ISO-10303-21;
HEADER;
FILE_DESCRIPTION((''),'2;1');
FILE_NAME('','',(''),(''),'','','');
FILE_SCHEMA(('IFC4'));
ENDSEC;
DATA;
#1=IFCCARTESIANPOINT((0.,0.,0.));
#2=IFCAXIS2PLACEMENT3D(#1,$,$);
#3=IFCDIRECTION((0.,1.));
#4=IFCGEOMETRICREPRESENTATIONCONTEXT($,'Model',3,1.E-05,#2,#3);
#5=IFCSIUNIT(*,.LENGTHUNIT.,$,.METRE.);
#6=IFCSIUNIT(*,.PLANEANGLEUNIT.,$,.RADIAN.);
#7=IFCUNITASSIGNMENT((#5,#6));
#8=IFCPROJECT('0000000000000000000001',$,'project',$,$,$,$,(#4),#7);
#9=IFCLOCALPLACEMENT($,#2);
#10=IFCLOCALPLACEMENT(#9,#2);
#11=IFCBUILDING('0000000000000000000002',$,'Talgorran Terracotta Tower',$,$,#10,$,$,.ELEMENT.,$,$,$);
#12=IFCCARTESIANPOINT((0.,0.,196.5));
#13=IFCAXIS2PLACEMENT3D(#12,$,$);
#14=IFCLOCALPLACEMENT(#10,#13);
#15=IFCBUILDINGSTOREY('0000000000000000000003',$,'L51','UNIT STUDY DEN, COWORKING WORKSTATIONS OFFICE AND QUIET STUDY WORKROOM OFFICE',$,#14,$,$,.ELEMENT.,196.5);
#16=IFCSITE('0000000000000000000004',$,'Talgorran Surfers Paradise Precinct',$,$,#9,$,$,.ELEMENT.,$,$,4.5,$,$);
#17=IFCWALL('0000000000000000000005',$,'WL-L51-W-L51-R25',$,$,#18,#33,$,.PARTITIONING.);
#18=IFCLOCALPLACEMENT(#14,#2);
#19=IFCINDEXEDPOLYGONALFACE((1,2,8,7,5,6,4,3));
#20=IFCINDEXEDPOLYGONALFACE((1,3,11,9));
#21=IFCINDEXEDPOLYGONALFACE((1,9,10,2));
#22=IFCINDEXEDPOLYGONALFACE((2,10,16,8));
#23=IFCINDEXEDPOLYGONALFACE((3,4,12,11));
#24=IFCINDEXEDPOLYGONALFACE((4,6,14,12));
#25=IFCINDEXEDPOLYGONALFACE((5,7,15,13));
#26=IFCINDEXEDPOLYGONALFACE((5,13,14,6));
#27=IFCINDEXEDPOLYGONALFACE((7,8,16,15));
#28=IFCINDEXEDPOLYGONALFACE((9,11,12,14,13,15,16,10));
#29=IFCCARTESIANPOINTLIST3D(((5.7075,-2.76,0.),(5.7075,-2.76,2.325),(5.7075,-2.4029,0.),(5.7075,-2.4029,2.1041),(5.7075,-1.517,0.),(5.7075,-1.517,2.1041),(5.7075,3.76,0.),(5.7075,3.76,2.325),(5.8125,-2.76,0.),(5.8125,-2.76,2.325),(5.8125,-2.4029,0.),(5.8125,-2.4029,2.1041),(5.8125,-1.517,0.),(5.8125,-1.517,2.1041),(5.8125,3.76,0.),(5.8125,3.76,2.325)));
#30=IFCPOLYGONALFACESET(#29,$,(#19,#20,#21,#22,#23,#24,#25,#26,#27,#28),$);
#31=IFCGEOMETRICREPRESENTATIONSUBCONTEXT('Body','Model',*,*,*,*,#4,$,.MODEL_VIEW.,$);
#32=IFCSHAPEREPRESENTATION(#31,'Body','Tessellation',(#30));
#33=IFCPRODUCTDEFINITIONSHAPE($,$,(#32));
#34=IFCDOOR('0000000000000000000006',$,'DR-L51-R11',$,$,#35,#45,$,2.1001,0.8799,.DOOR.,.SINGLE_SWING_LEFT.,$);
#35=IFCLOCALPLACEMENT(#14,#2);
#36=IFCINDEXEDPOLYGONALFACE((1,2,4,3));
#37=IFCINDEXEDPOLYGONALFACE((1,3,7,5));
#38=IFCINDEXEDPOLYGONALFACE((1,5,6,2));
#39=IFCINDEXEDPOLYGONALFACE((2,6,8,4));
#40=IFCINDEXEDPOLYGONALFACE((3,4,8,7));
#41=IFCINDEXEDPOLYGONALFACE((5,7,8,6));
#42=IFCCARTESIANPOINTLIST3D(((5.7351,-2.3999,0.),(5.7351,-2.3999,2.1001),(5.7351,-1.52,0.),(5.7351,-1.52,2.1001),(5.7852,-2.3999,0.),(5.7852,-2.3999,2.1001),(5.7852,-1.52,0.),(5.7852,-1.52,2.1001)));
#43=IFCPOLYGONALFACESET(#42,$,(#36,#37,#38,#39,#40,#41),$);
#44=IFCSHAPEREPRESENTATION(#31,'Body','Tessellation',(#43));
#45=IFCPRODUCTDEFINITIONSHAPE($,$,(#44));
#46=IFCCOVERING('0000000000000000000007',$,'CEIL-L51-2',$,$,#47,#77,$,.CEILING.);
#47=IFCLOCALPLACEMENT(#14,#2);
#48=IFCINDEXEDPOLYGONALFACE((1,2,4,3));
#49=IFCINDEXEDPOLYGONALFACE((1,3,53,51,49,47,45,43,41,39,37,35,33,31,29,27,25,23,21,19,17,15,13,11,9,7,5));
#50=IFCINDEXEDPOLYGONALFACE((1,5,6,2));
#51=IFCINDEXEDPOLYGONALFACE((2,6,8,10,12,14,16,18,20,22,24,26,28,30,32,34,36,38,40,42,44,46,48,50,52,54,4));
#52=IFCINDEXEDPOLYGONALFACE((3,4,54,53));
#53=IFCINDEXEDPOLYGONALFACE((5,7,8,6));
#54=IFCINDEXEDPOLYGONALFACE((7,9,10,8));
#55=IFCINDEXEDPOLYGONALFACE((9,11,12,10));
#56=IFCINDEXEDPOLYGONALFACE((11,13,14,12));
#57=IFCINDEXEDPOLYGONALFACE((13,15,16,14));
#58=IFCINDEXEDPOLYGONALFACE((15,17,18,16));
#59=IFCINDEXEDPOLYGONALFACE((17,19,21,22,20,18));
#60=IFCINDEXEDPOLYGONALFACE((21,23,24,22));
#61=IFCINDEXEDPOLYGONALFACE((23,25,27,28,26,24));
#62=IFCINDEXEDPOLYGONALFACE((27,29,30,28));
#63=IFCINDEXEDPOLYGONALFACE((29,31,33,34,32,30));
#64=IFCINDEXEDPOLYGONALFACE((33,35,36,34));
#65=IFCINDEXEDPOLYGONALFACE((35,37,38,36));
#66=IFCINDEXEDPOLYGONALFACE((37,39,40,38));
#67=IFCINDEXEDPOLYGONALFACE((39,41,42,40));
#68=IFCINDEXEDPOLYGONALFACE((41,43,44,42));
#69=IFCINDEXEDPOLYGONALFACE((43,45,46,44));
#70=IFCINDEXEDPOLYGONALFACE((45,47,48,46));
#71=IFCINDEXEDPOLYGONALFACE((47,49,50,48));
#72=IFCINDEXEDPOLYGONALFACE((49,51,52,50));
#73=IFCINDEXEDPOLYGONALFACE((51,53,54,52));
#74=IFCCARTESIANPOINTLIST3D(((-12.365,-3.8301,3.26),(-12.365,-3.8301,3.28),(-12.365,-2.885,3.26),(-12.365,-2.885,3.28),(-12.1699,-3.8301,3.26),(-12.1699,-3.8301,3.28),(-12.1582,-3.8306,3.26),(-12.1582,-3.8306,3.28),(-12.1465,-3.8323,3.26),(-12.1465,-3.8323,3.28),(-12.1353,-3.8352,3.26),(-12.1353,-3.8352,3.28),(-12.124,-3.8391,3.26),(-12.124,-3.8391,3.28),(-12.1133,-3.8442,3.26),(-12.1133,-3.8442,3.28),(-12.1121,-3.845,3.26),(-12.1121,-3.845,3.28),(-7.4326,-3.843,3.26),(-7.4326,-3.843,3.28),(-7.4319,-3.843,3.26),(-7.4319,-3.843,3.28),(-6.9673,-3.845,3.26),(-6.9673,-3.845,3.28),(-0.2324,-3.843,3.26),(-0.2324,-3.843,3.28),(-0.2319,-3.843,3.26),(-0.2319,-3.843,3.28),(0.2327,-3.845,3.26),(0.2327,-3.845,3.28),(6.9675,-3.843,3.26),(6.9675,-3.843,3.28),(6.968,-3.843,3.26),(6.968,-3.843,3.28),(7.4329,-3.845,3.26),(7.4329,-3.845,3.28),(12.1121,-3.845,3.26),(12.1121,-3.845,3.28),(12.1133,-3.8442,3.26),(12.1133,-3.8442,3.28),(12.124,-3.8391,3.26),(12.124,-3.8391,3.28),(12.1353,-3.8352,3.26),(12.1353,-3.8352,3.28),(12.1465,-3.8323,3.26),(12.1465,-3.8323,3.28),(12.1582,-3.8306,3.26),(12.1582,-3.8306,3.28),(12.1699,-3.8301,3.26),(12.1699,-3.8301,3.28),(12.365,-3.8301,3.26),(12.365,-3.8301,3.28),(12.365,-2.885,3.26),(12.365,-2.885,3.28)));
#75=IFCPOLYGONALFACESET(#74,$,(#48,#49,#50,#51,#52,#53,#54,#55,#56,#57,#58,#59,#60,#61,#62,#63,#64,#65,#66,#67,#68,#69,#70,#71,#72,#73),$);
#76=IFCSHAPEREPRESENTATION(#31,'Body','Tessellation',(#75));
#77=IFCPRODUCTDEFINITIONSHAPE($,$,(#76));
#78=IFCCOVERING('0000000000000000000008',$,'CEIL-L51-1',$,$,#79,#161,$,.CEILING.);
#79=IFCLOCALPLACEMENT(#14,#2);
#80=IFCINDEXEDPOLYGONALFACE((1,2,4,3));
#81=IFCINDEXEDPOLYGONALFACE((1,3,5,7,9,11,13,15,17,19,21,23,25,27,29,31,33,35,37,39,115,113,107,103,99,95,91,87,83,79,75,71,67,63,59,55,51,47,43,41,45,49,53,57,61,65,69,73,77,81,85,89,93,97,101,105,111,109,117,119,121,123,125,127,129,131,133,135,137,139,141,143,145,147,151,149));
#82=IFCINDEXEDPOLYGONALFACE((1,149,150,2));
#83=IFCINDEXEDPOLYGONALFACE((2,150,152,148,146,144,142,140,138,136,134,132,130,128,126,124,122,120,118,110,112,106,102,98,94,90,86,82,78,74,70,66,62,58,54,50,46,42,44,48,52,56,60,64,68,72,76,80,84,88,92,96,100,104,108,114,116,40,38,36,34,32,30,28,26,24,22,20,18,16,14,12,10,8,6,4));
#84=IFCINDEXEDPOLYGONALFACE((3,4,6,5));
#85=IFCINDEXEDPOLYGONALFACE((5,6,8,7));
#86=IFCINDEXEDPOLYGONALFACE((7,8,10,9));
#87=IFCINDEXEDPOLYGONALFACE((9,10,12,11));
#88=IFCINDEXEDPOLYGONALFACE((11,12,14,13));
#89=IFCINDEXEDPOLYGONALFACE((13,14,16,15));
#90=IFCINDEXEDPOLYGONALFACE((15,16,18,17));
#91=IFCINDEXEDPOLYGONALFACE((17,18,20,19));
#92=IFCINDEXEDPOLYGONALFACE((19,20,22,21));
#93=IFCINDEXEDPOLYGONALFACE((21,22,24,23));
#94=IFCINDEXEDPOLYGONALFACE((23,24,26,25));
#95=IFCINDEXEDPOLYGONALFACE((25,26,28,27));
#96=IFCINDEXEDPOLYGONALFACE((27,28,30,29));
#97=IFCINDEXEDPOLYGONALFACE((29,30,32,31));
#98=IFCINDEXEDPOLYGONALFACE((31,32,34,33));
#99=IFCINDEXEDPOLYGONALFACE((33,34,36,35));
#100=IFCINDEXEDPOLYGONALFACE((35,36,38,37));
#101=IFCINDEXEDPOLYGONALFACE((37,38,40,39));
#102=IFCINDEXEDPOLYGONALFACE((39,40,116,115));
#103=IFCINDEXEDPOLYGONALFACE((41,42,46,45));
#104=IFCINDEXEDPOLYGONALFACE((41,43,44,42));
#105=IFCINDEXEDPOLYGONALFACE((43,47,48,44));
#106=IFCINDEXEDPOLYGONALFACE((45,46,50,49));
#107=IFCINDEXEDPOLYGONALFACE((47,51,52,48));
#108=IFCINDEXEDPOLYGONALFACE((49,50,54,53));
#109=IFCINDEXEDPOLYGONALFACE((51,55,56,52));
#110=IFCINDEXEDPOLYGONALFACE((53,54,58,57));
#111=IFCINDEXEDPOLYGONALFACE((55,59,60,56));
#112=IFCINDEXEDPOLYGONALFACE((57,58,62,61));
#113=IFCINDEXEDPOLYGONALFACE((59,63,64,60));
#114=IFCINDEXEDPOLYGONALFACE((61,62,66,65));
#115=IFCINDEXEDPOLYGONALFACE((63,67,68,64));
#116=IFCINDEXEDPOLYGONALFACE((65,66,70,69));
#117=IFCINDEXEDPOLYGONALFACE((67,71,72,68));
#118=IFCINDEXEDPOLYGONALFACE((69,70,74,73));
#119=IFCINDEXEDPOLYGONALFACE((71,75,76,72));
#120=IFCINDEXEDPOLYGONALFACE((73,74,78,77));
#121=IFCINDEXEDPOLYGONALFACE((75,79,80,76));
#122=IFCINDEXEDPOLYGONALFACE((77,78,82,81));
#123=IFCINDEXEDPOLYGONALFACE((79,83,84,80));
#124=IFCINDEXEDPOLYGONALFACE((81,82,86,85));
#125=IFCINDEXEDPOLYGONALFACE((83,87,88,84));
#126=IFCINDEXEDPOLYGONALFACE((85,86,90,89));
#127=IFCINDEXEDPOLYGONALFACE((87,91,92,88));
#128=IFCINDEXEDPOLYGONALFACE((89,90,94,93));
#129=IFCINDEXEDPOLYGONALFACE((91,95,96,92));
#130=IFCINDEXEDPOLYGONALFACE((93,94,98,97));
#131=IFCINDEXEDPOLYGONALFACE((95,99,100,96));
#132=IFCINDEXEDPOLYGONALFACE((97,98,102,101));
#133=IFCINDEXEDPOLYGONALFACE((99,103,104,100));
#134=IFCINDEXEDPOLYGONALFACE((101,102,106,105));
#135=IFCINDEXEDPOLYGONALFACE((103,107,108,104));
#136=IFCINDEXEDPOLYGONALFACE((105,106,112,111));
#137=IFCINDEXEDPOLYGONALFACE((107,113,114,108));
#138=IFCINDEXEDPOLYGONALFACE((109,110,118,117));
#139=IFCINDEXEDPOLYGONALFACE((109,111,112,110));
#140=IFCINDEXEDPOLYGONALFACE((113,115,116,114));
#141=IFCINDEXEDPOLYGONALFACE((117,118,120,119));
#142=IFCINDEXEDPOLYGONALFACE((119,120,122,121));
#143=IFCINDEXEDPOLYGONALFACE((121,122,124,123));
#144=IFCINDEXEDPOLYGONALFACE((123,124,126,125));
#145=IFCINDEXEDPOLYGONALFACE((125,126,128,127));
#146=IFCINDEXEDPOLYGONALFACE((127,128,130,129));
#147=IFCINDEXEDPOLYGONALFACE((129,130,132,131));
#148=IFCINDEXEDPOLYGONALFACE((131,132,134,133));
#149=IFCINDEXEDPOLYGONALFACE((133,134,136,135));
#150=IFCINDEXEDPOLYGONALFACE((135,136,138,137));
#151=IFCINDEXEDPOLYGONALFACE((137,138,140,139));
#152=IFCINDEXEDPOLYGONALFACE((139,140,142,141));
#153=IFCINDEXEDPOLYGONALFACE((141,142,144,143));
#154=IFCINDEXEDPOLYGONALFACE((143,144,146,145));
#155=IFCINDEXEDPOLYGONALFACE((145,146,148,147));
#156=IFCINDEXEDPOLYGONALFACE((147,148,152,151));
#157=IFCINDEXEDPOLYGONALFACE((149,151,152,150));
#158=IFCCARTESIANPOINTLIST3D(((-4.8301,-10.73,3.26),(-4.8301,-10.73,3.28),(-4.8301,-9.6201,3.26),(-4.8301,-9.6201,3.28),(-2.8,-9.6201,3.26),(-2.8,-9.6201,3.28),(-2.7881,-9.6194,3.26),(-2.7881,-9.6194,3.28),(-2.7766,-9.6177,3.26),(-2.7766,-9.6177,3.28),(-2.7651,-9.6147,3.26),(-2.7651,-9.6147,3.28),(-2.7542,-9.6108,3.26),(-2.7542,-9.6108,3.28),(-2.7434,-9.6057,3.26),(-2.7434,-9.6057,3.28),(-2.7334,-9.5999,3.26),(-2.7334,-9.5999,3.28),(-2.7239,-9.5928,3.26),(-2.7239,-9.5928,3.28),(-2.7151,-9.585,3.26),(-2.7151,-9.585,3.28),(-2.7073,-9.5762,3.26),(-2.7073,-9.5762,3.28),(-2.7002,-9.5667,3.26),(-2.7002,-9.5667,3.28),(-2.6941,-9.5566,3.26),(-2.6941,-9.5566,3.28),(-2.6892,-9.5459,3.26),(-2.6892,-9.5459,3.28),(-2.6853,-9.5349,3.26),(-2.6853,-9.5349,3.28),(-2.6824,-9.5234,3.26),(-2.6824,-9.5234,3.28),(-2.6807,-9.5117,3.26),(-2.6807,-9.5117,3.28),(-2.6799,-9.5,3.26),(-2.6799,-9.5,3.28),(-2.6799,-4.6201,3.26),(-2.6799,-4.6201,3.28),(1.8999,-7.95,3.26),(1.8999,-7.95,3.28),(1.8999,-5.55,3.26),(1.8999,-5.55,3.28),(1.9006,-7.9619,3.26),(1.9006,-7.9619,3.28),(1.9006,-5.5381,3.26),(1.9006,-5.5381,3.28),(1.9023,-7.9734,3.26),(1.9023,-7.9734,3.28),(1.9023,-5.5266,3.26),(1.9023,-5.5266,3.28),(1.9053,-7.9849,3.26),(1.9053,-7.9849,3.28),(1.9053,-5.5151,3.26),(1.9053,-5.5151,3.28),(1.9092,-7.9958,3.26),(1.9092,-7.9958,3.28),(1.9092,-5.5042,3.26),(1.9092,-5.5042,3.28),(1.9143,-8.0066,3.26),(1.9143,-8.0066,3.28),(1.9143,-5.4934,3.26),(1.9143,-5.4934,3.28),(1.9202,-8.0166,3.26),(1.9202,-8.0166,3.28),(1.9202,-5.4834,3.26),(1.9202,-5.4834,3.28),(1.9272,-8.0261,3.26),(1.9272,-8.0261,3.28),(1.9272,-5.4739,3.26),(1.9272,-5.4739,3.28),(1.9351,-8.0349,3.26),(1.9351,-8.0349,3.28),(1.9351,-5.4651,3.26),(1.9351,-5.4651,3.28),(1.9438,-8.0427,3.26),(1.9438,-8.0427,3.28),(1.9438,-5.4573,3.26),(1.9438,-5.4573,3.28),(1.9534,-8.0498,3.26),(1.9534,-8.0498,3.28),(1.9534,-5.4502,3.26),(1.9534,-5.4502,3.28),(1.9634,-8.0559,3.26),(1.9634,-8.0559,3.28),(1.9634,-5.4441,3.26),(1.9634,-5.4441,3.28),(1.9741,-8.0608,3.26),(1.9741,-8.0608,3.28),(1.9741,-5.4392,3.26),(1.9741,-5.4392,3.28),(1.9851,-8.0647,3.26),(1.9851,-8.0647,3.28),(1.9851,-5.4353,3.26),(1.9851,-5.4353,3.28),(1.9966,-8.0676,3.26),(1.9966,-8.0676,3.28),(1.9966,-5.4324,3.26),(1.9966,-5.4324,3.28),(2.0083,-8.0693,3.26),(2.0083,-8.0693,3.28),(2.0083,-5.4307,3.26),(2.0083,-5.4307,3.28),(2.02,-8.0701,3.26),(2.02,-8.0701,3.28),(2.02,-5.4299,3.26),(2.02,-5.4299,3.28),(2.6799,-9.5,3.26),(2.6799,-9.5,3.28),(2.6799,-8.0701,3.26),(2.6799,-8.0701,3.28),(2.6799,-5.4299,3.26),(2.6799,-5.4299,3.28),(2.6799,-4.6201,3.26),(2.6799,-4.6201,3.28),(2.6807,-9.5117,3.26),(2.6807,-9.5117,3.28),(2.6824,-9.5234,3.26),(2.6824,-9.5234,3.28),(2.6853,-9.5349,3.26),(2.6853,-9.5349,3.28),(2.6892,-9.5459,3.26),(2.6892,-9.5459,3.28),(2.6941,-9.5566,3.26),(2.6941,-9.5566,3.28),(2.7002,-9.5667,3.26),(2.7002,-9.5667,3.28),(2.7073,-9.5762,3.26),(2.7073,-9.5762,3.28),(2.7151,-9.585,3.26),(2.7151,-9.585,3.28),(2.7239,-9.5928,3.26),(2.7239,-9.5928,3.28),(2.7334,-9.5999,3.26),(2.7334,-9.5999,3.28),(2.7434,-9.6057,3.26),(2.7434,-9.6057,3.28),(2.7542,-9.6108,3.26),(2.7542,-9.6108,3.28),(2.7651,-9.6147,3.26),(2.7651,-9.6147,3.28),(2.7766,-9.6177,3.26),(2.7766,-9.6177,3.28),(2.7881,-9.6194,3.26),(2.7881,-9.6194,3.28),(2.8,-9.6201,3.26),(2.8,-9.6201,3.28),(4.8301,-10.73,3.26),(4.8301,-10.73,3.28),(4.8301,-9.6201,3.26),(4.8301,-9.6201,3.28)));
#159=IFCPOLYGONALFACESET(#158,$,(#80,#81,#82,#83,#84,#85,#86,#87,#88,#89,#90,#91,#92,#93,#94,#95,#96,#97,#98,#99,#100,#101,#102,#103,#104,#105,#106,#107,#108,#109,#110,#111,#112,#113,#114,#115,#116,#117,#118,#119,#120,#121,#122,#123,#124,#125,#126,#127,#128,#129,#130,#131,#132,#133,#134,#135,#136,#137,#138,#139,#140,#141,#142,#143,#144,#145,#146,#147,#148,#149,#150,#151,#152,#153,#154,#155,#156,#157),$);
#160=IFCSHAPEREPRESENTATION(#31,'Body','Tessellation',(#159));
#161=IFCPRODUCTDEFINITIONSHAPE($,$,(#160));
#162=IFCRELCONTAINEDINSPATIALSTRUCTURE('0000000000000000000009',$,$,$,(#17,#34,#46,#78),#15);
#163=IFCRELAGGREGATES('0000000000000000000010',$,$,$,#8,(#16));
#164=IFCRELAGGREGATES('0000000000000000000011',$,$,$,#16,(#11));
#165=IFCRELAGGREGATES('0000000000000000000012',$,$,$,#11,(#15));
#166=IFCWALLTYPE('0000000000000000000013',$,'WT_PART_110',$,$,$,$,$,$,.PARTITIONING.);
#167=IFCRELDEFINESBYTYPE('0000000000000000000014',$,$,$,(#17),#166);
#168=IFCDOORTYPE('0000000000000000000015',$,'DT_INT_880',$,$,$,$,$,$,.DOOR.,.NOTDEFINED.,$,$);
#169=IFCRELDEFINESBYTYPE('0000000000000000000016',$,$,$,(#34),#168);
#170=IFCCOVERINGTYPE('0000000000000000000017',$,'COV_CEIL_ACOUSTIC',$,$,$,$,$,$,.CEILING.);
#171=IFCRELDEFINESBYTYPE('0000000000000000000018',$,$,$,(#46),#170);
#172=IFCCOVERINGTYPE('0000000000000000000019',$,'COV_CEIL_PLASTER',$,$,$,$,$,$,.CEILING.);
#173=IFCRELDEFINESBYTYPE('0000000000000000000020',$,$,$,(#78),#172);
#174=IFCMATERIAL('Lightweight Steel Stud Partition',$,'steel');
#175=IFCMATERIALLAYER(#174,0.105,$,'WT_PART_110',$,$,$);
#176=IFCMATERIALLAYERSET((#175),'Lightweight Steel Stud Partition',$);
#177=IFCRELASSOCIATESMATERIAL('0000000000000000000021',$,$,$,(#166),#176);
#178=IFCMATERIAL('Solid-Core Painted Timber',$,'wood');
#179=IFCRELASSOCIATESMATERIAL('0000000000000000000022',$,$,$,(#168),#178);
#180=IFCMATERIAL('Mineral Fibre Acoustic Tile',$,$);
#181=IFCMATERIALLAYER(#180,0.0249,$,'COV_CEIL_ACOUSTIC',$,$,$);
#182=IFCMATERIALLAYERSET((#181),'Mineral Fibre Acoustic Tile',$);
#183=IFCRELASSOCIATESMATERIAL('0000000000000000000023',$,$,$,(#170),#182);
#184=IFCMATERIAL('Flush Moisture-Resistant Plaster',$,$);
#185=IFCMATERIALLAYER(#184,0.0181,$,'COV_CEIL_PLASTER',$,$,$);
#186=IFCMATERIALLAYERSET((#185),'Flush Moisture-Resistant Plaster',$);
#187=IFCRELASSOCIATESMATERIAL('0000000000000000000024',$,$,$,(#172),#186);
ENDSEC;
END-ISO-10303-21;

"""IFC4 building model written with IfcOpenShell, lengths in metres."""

from ifc_helpers import new_model, si_unit, direction, frame, frame_2d, origin, place, context, subcontext, project, spatial, polyline, rectangle, outline, extrude, material, layer, layer_set, type_object, element, fill, save


model = new_model("IFC4")

# Units and contexts
model_context = context("Model", 3, precision=1e-05, world=origin(), true_north=direction((0.0, 1.0)))
body_context = subcontext(model_context, "Body", "Model", "MODEL_VIEW")
ifc_project = project(units=[si_unit("LENGTHUNIT", "METRE"), si_unit("PLANEANGLEUNIT", "RADIAN")], contexts=[model_context])

# Site, building, storey
site_placement = place(None, origin())
site = spatial("IfcSite", under=ifc_project, at=site_placement, Name="Talgorran Surfers Paradise Precinct", CompositionType="ELEMENT", RefElevation=4.5)
building_placement = place(site_placement, origin())
building = spatial("IfcBuilding", under=site, at=building_placement, Name="Talgorran Terracotta Tower", CompositionType="ELEMENT")
storey_placement = place(building_placement, frame((0.0, 0.0, 196.5)))
storey = spatial("IfcBuildingStorey", under=building, at=storey_placement, Name="L51", Description="UNIT STUDY DEN, COWORKING WORKSTATIONS OFFICE AND QUIET STUDY WORKROOM OFFICE", CompositionType="ELEMENT", Elevation=196.5)

# Wall, opening, door
ifc_material_1 = material(Name="Lightweight Steel Stud Partition", Category="steel")
ifc_layer_1 = layer(ifc_material_1, 0.105, Name="WT_PART_110")
ifc_layer_set_1 = layer_set([ifc_layer_1], Name="Lightweight Steel Stud Partition")
wall_type_1 = type_object("IfcWallType", Name="WT_PART_110", PredefinedType="PARTITIONING", material=ifc_layer_set_1)
ifc_material_2 = material(Name="Solid-Core Painted Timber", Category="wood")
door_type = type_object("IfcDoorType", Name="DT_INT_880", OperationType="NOTDEFINED", PredefinedType="DOOR", material=ifc_material_2)
wall_1_placement = place(storey_placement, frame((5.76, -2.76, 0.0), z_axis=(0.0, 0.0, 1.0), x_axis=(0.0, 1.0, 0.0)))
wall_1 = element("IfcWall", 1, at=wall_1_placement, inside=storey, type_object=wall_type_1, Name="WL-L51-W-L51-R25", PredefinedType="PARTITIONING", context=body_context, shape_type="SweptSolid", body=[
    extrude(rectangle(XDim=6.52, YDim=0.105, at=frame_2d((3.26, 0.0))), origin(), (0.0, 0.0, 1.0), 2.325),
])
opening_1_placement = place(wall_1_placement, frame((0.3601, 0.0, 0.0)))
opening_1 = element("IfcOpeningElement", 2, at=opening_1_placement, cuts=wall_1, PredefinedType="OPENING", context=body_context, shape_type="SweptSolid", body=[
    extrude(rectangle(XDim=0.8859, YDim=2.1041, at=frame_2d((0.4399, 1.052))), frame((0.0, 0.0625, 0.0), z_axis=(0.0, -1.0, 0.0), x_axis=(1.0, 0.0, 0.0)), (0.0, 0.0, 1.0), 0.125),
])
door_1_placement = place(opening_1_placement, origin())
door_1 = element("IfcDoor", 3, at=door_1_placement, inside=storey, type_object=door_type, Name="DR-L51-R11", OperationType="SINGLE_SWING_LEFT", OverallHeight=2.1001, OverallWidth=0.8799, PredefinedType="DOOR", context=body_context, shape_type="SweptSolid", body=[
    extrude(rectangle(XDim=0.8799, YDim=2.1001, at=frame_2d((0.4399, 1.05))), frame((0.0, 0.0249, 0.0), z_axis=(0.0, -1.0, 0.0), x_axis=(1.0, 0.0, 0.0)), (0.0, 0.0, 1.0), 0.05),
])
fill(opening_1, door_1)

# Coverings
ifc_material_3 = material(Name="Mineral Fibre Acoustic Tile")
ifc_layer_2 = layer(ifc_material_3, 0.0249, Name="COV_CEIL_ACOUSTIC")
ifc_layer_set_2 = layer_set([ifc_layer_2], Name="Mineral Fibre Acoustic Tile")
covering_type_1 = type_object("IfcCoveringType", Name="COV_CEIL_ACOUSTIC", PredefinedType="CEILING", material=ifc_layer_set_2)
covering_1_placement = place(storey_placement, frame((0.0, 0.0, 3.26)))
element("IfcCovering", 4, at=covering_1_placement, inside=storey, type_object=covering_type_1, Name="CEIL-L51-2", PredefinedType="CEILING", context=body_context, shape_type="SweptSolid", body=[
    extrude(outline(polyline([(-12.365, -2.885), (12.365, -2.885), (12.365, -3.8301), (12.1699, -3.8301), (12.1582, -3.8306), (12.1465, -3.8323), (12.1353, -3.8352), (12.124, -3.8391), (12.1133, -3.8442), (12.1121, -3.845), (7.4329, -3.845), (6.968, -3.843), (6.9675, -3.843), (0.2327, -3.845), (-0.2319, -3.843), (-0.2324, -3.843), (-6.9673, -3.845), (-7.4319, -3.843), (-7.4326, -3.843), (-12.1121, -3.845), (-12.1133, -3.8442), (-12.124, -3.8391), (-12.1353, -3.8352), (-12.1465, -3.8323), (-12.1582, -3.8306), (-12.1699, -3.8301), (-12.365, -3.8301), (-12.365, -2.885)])), origin(), (0.0, 0.0, 1.0), 0.02),
])
ifc_material_4 = material(Name="Flush Moisture-Resistant Plaster")
ifc_layer_3 = layer(ifc_material_4, 0.0181, Name="COV_CEIL_PLASTER")
ifc_layer_set_3 = layer_set([ifc_layer_3], Name="Flush Moisture-Resistant Plaster")
covering_type_2 = type_object("IfcCoveringType", Name="COV_CEIL_PLASTER", PredefinedType="CEILING", material=ifc_layer_set_3)
covering_2_placement = place(storey_placement, frame((0.0, 0.0, 3.26)))
element("IfcCovering", 5, at=covering_2_placement, inside=storey, type_object=covering_type_2, Name="CEIL-L51-1", PredefinedType="CEILING", context=body_context, shape_type="SweptSolid", body=[
    extrude(outline(polyline([(4.8301, -9.6201), (4.8301, -10.73), (-4.8301, -10.73), (-4.8301, -9.6201), (-2.8, -9.6201), (-2.7881, -9.6194), (-2.7766, -9.6177), (-2.7651, -9.6147), (-2.7542, -9.6108), (-2.7434, -9.6057), (-2.7334, -9.5999), (-2.7239, -9.5928), (-2.7151, -9.585), (-2.7073, -9.5762), (-2.7002, -9.5667), (-2.6941, -9.5566), (-2.6892, -9.5459), (-2.6853, -9.5349), (-2.6824, -9.5234), (-2.6807, -9.5117), (-2.6799, -9.5), (-2.6799, -4.6201), (2.6799, -4.6201), (2.6799, -5.4299), (2.02, -5.4299), (2.0083, -5.4307), (1.9966, -5.4324), (1.9851, -5.4353), (1.9741, -5.4392), (1.9634, -5.4441), (1.9534, -5.4502), (1.9438, -5.4573), (1.9351, -5.4651), (1.9272, -5.4739), (1.9202, -5.4834), (1.9143, -5.4934), (1.9092, -5.5042), (1.9053, -5.5151), (1.9023, -5.5266), (1.9006, -5.5381), (1.8999, -5.55), (1.8999, -7.95), (1.9006, -7.9619), (1.9023, -7.9734), (1.9053, -7.9849), (1.9092, -7.9958), (1.9143, -8.0066), (1.9202, -8.0166), (1.9272, -8.0261), (1.9351, -8.0349), (1.9438, -8.0427), (1.9534, -8.0498), (1.9634, -8.0559), (1.9741, -8.0608), (1.9851, -8.0647), (1.9966, -8.0676), (2.0083, -8.0693), (2.02, -8.0701), (2.6799, -8.0701), (2.6799, -9.5), (2.6807, -9.5117), (2.6824, -9.5234), (2.6853, -9.5349), (2.6892, -9.5459), (2.6941, -9.5566), (2.7002, -9.5667), (2.7073, -9.5762), (2.7151, -9.585), (2.7239, -9.5928), (2.7334, -9.5999), (2.7434, -9.6057), (2.7542, -9.6108), (2.7651, -9.6147), (2.7766, -9.6177), (2.7881, -9.6194), (2.8, -9.6201), (4.8301, -9.6201)])), origin(), (0.0, 0.0, 1.0), 0.02),
])

save(model, "model.ifc")
